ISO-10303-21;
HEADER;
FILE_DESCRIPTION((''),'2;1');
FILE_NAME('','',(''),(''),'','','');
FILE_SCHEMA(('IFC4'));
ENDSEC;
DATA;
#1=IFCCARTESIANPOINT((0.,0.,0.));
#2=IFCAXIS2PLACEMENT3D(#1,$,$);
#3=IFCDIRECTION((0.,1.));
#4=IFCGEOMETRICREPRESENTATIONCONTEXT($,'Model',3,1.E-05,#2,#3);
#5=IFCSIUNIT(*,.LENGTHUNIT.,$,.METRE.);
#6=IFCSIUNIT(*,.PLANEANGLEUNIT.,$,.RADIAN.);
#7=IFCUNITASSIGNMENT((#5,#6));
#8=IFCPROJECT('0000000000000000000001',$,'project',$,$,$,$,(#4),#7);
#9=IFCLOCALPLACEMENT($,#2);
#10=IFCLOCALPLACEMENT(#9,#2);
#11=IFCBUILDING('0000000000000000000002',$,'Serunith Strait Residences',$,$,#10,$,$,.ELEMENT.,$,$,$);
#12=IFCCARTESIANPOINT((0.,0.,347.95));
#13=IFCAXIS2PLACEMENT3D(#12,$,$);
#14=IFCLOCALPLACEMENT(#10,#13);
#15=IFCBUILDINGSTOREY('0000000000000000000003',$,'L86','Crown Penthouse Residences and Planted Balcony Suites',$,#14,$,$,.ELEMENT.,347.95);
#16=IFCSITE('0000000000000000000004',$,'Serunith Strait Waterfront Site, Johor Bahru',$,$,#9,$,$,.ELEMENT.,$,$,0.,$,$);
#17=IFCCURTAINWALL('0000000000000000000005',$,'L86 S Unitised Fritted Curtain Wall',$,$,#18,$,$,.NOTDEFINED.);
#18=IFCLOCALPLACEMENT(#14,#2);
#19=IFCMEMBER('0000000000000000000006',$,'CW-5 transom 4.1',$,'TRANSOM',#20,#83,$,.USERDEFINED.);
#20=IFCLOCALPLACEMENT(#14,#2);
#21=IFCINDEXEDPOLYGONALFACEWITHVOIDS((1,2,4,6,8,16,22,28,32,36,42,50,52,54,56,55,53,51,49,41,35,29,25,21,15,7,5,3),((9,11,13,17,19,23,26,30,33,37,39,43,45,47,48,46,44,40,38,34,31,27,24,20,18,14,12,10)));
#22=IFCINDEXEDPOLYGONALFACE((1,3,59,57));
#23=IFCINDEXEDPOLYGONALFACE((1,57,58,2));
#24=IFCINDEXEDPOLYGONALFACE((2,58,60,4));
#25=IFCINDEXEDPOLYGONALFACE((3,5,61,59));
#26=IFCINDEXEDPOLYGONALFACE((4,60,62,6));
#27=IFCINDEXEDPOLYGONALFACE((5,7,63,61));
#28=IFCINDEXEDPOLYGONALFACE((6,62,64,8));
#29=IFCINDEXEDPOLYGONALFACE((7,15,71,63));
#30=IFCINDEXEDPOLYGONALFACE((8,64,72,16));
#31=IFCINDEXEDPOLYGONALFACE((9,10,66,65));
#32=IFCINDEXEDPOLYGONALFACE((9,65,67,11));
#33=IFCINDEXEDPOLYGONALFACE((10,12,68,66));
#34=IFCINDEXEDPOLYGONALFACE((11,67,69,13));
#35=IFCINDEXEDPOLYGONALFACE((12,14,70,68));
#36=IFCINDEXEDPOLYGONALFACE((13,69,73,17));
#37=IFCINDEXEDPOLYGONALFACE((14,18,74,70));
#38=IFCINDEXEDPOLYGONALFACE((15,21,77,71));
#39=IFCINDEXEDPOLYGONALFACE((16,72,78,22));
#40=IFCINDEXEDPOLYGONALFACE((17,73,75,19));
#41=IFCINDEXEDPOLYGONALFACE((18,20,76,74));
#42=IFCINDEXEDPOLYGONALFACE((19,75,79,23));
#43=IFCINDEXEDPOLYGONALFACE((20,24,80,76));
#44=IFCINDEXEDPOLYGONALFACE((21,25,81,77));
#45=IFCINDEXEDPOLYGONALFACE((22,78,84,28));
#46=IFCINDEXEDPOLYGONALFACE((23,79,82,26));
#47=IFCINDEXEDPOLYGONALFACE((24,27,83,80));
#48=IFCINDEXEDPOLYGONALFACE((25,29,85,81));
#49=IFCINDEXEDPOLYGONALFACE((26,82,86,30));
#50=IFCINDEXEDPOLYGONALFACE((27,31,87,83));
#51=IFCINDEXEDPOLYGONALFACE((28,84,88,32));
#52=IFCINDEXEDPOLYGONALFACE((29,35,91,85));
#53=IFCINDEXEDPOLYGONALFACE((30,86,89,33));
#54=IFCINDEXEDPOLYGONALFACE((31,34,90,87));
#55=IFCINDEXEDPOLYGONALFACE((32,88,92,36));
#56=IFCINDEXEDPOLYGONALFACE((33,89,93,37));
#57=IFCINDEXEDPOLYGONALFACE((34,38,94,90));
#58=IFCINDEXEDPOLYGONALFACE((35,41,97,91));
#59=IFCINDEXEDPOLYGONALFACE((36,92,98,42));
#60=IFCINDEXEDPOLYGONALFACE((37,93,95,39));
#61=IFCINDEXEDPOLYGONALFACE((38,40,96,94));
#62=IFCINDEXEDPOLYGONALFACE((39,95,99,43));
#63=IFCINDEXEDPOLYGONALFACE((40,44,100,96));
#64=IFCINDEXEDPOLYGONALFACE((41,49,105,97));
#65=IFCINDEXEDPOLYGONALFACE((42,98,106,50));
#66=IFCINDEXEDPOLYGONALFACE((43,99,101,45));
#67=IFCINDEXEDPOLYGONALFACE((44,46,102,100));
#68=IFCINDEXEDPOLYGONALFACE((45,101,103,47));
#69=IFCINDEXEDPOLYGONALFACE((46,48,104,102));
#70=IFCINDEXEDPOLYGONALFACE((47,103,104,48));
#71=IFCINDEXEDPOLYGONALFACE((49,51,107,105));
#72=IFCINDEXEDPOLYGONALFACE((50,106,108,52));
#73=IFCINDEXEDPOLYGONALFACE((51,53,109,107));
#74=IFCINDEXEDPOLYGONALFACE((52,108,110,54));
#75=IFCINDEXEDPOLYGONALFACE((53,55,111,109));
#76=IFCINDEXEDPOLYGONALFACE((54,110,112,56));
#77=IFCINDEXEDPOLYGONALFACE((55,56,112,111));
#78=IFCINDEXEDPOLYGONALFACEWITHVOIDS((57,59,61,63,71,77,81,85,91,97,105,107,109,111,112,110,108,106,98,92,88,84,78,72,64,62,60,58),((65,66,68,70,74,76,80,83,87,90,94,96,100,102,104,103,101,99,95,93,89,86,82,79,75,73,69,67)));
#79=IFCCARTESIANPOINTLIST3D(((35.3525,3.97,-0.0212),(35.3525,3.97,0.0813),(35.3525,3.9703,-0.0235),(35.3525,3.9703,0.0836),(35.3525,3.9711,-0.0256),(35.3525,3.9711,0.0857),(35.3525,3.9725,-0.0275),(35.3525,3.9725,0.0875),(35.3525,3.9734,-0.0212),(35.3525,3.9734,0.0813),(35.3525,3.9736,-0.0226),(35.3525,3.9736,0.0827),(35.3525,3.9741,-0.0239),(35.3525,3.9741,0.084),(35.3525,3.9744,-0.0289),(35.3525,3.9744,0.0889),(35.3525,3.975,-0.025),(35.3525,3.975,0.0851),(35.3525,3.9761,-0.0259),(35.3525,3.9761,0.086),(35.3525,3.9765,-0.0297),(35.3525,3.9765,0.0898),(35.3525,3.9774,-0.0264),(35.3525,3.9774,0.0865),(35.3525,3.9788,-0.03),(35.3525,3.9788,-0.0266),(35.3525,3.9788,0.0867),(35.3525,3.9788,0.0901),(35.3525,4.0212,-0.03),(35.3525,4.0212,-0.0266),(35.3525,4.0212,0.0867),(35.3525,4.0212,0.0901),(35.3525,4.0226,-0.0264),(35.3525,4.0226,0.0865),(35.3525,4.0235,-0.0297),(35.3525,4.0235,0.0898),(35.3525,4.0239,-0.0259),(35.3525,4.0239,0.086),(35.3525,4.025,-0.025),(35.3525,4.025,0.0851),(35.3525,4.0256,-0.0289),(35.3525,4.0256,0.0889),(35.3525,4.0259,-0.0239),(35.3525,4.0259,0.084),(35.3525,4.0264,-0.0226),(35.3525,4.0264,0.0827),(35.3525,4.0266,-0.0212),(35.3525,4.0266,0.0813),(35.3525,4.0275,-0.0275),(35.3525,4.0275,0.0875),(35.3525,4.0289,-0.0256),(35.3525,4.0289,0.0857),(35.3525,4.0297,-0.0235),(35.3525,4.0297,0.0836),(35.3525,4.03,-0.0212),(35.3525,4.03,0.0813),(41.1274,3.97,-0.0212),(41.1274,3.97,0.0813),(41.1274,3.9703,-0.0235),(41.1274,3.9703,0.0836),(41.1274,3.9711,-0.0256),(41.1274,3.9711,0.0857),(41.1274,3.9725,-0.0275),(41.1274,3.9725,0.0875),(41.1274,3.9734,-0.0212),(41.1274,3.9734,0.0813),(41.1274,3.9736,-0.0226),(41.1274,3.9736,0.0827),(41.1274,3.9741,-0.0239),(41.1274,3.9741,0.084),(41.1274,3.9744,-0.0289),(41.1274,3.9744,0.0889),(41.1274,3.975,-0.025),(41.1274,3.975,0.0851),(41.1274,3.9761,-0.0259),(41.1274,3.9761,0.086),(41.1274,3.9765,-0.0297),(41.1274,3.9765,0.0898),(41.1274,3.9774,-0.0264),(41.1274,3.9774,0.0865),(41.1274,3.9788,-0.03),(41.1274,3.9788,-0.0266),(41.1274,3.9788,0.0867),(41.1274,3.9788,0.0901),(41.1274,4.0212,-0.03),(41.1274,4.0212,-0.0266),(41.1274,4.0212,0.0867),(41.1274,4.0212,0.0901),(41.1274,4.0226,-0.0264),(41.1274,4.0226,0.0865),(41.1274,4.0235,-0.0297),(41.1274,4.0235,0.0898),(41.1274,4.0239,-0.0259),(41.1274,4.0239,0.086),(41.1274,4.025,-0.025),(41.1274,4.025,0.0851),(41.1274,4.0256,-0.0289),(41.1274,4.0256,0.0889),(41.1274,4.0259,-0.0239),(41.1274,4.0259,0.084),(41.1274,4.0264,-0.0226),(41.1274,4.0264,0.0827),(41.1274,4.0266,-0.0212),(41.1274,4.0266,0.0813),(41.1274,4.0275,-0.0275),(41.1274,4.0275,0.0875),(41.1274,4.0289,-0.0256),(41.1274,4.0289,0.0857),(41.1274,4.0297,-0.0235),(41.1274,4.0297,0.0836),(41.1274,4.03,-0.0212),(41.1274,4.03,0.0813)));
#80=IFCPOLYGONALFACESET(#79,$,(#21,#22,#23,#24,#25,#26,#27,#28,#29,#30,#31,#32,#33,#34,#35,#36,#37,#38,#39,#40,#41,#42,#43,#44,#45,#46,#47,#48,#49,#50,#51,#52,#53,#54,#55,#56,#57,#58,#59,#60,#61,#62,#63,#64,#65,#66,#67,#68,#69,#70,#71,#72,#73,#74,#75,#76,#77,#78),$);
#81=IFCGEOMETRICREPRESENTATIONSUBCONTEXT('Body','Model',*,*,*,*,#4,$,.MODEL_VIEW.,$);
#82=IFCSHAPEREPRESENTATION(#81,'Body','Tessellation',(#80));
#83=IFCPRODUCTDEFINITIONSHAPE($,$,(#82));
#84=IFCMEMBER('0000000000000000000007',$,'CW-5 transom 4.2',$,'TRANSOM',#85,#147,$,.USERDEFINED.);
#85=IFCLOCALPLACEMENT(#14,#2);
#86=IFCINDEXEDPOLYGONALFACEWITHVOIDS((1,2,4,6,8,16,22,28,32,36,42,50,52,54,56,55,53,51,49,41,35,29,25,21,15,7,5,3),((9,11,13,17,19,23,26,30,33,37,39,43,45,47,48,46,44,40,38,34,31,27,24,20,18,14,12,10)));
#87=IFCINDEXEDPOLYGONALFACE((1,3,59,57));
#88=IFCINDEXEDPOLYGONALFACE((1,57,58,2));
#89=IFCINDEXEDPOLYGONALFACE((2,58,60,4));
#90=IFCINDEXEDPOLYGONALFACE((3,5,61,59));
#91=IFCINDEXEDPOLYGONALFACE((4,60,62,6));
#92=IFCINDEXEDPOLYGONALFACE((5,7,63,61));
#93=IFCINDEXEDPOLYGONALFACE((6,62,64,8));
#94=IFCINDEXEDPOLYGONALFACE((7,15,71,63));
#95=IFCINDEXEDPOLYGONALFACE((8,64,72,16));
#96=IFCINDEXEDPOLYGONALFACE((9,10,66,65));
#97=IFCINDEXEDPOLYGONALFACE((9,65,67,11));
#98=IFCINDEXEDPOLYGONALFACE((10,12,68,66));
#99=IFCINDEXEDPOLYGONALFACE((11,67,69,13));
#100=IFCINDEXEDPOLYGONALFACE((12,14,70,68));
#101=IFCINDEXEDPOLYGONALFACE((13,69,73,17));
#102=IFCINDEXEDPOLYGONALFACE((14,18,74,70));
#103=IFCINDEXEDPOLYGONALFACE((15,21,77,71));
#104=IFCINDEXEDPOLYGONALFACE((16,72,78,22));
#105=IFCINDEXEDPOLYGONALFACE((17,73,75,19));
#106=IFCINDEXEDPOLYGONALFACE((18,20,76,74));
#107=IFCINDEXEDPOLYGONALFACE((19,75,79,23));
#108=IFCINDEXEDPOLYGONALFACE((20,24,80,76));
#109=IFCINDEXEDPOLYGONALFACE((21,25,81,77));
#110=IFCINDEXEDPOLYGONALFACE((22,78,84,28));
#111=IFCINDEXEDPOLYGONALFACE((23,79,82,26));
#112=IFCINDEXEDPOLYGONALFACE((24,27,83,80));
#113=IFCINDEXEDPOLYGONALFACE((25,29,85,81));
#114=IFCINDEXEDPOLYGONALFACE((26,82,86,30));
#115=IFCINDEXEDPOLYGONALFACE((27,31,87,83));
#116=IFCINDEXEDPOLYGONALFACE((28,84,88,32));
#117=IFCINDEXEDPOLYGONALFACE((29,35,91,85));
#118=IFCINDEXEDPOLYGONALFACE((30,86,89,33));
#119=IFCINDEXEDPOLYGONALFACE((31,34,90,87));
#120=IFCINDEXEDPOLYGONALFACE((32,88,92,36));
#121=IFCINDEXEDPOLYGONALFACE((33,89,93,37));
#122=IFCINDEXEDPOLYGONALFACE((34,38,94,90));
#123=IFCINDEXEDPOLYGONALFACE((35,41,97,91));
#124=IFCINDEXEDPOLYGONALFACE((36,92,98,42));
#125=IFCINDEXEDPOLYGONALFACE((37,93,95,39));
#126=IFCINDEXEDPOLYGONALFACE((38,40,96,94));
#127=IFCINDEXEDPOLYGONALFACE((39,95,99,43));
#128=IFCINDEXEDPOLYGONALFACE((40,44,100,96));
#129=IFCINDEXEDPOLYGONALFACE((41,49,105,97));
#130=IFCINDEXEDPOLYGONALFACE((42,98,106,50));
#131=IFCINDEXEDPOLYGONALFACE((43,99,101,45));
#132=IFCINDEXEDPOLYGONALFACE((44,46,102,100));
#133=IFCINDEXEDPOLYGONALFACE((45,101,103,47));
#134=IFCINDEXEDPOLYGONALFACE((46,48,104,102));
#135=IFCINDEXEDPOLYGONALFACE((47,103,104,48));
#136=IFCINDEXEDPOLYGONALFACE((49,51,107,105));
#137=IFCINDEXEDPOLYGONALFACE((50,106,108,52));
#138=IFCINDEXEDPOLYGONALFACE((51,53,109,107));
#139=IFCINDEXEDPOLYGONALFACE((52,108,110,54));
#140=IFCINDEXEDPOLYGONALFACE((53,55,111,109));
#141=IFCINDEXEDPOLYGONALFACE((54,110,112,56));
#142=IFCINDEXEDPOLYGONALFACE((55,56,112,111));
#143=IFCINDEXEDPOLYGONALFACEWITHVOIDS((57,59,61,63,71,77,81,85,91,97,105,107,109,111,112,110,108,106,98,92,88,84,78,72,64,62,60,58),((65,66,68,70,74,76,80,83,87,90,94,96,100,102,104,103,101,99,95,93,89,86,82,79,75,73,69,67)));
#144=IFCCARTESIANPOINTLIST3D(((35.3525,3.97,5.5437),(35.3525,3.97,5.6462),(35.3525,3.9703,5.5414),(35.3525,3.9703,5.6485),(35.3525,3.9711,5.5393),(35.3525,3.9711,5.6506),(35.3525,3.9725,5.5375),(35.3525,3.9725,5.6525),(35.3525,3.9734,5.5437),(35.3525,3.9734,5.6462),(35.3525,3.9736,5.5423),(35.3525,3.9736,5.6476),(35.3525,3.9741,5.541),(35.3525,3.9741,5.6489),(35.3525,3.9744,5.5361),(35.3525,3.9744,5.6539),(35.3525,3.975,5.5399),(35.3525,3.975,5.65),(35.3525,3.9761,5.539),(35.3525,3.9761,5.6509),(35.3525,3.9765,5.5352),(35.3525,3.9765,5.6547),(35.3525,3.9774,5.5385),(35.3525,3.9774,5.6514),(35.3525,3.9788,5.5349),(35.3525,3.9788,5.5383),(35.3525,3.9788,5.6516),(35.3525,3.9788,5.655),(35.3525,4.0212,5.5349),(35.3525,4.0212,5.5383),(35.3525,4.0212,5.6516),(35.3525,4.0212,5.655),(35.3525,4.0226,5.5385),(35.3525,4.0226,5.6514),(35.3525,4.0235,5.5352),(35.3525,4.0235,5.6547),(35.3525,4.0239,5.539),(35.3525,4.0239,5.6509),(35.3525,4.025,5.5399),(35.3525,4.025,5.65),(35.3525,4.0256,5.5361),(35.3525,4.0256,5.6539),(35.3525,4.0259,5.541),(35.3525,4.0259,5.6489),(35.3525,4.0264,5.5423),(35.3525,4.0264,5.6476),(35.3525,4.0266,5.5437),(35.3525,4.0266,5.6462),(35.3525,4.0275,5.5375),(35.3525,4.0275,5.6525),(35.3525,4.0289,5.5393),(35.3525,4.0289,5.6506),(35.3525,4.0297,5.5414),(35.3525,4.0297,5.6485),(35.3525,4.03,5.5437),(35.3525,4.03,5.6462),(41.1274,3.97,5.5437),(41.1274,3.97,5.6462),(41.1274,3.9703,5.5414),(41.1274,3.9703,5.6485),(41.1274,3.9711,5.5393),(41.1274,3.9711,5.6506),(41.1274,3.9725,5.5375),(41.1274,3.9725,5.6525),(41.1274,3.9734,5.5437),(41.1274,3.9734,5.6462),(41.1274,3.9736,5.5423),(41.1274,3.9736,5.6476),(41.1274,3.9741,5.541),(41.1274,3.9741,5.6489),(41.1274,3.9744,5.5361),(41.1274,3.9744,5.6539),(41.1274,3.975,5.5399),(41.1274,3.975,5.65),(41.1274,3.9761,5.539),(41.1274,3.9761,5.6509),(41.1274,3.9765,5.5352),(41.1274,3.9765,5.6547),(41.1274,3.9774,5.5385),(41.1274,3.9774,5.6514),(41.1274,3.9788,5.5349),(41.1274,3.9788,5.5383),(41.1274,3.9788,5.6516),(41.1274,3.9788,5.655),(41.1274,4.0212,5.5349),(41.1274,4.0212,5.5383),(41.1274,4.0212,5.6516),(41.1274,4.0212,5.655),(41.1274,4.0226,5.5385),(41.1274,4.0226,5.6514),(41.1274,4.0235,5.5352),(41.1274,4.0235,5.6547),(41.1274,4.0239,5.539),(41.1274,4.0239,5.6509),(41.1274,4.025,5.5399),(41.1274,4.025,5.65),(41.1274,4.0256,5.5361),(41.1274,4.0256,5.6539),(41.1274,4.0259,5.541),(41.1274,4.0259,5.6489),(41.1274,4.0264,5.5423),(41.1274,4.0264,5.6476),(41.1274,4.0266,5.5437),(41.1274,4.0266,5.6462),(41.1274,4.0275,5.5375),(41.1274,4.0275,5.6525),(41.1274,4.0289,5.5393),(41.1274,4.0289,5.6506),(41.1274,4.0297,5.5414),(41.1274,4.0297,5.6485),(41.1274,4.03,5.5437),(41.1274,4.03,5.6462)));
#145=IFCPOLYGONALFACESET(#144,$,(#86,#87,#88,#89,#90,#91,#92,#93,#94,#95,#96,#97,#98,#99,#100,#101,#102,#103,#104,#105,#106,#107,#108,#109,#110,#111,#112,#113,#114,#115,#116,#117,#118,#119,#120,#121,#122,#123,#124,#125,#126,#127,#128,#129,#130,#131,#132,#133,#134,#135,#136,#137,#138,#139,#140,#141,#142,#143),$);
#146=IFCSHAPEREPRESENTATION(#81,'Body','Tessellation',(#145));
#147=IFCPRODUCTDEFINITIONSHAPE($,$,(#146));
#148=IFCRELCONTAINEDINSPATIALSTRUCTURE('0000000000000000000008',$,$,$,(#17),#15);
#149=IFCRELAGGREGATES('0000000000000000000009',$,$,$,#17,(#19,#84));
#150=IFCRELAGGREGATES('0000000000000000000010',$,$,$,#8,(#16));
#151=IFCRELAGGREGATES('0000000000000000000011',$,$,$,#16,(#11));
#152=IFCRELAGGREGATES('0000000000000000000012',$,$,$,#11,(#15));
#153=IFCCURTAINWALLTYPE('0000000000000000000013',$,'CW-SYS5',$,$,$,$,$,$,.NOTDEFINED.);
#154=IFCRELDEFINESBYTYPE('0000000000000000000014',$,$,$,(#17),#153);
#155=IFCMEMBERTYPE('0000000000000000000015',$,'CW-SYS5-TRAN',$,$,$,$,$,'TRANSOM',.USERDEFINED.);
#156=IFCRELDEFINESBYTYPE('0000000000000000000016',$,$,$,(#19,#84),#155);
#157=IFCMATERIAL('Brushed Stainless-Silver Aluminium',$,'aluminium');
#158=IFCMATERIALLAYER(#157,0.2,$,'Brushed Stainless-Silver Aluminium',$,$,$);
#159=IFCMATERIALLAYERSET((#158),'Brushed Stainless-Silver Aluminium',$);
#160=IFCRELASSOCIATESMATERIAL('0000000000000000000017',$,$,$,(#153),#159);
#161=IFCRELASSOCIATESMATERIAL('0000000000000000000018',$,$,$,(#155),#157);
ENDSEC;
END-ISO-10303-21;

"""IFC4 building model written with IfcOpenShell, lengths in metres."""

from ifc_helpers import new_model, si_unit, direction, frame, origin, origin_2d, place, context, subcontext, project, spatial, hollow_rectangle, extrude, source, transform, mapped, material, layer, layer_set, material_profile, profile_set, type_object, element, aggregate, save


model = new_model("IFC4")

# Units and contexts
model_context = context("Model", 3, precision=1e-05, world=origin(), true_north=direction((0.0, 1.0)))
body_context = subcontext(model_context, "Body", "Model", "MODEL_VIEW")
ifc_project = project(units=[si_unit("LENGTHUNIT", "METRE"), si_unit("PLANEANGLEUNIT", "RADIAN")], contexts=[model_context])

# Site, building, storey
site_placement = place(None, origin())
site = spatial("IfcSite", under=ifc_project, at=site_placement, Name="Serunith Strait Waterfront Site, Johor Bahru", CompositionType="ELEMENT", RefElevation=0.0)
building_placement = place(site_placement, origin())
building = spatial("IfcBuilding", under=site, at=building_placement, Name="Serunith Strait Residences", CompositionType="ELEMENT")
storey_placement = place(building_placement, frame((0.0, 0.0, 347.95)))
storey = spatial("IfcBuildingStorey", under=building, at=storey_placement, Name="L86", Description="Crown Penthouse Residences and Planted Balcony Suites", CompositionType="ELEMENT", Elevation=347.95)

# Curtain wall, members
ifc_material_1 = material(Name="Brushed Stainless-Silver Aluminium", Category="aluminium")
ifc_layer_1 = layer(ifc_material_1, 0.2, Name="Brushed Stainless-Silver Aluminium")
ifc_layer_set_1 = layer_set([ifc_layer_1], Name="Brushed Stainless-Silver Aluminium")
curtain_wall_type = type_object("IfcCurtainWallType", Name="CW-SYS5", PredefinedType="NOTDEFINED", material=ifc_layer_set_1)
curtain_wall_placement = place(storey_placement, origin())
curtain_wall = element("IfcCurtainWall", 1, at=curtain_wall_placement, inside=storey, type_object=curtain_wall_type, Name="L86 S Unitised Fritted Curtain Wall", PredefinedType="NOTDEFINED")
ifc_material_profile_1 = material_profile(ifc_material_1, hollow_rectangle(XDim=0.0601, YDim=0.1201, WallThickness=0.0034, InnerFilletRadius=0.0054, OuterFilletRadius=0.0088, at=origin_2d()), Name="ALU 120x60x3.5")
ifc_profile_set_1 = profile_set([ifc_material_profile_1], Name="Brushed Stainless-Silver Aluminium")
member_type_1 = type_object("IfcMemberType", Name="CW-SYS5-TRAN", ElementType="TRANSOM", PredefinedType="USERDEFINED", material=ifc_profile_set_1)
shared_shape_1 = source(origin(), body_context, "Body", "SweptSolid", [
    extrude(hollow_rectangle(XDim=0.0601, YDim=0.1201, WallThickness=0.0034, InnerFilletRadius=0.0054, OuterFilletRadius=0.0088, at=origin_2d()), origin(), (0.0, 0.0, 1.0), 5.7749),
])
member_1_placement = place(storey_placement, frame((35.3525, 4.0, 0.03), z_axis=(1.0, 0.0, 0.0), x_axis=(0.0, 1.0, 0.0)))
member_1 = element("IfcMember", 2, at=member_1_placement, type_object=member_type_1, Name="CW-5 transom 4.1", ObjectType="TRANSOM", PredefinedType="USERDEFINED", context=body_context, shape_type="MappedRepresentation", body=[
    mapped(shared_shape_1, transform((0.0, 0.0, 0.0), scale=1.0)),
])
member_2_placement = place(storey_placement, frame((35.3525, 4.0, 5.595), z_axis=(1.0, 0.0, 0.0), x_axis=(0.0, 1.0, 0.0)))
member_2 = element("IfcMember", 3, at=member_2_placement, type_object=member_type_1, Name="CW-5 transom 4.2", ObjectType="TRANSOM", PredefinedType="USERDEFINED", context=body_context, shape_type="MappedRepresentation", body=[
    mapped(shared_shape_1, transform((0.0, 0.0, 0.0), scale=1.0)),
])
aggregate(curtain_wall, [member_1, member_2])

save(model, "model.ifc")
